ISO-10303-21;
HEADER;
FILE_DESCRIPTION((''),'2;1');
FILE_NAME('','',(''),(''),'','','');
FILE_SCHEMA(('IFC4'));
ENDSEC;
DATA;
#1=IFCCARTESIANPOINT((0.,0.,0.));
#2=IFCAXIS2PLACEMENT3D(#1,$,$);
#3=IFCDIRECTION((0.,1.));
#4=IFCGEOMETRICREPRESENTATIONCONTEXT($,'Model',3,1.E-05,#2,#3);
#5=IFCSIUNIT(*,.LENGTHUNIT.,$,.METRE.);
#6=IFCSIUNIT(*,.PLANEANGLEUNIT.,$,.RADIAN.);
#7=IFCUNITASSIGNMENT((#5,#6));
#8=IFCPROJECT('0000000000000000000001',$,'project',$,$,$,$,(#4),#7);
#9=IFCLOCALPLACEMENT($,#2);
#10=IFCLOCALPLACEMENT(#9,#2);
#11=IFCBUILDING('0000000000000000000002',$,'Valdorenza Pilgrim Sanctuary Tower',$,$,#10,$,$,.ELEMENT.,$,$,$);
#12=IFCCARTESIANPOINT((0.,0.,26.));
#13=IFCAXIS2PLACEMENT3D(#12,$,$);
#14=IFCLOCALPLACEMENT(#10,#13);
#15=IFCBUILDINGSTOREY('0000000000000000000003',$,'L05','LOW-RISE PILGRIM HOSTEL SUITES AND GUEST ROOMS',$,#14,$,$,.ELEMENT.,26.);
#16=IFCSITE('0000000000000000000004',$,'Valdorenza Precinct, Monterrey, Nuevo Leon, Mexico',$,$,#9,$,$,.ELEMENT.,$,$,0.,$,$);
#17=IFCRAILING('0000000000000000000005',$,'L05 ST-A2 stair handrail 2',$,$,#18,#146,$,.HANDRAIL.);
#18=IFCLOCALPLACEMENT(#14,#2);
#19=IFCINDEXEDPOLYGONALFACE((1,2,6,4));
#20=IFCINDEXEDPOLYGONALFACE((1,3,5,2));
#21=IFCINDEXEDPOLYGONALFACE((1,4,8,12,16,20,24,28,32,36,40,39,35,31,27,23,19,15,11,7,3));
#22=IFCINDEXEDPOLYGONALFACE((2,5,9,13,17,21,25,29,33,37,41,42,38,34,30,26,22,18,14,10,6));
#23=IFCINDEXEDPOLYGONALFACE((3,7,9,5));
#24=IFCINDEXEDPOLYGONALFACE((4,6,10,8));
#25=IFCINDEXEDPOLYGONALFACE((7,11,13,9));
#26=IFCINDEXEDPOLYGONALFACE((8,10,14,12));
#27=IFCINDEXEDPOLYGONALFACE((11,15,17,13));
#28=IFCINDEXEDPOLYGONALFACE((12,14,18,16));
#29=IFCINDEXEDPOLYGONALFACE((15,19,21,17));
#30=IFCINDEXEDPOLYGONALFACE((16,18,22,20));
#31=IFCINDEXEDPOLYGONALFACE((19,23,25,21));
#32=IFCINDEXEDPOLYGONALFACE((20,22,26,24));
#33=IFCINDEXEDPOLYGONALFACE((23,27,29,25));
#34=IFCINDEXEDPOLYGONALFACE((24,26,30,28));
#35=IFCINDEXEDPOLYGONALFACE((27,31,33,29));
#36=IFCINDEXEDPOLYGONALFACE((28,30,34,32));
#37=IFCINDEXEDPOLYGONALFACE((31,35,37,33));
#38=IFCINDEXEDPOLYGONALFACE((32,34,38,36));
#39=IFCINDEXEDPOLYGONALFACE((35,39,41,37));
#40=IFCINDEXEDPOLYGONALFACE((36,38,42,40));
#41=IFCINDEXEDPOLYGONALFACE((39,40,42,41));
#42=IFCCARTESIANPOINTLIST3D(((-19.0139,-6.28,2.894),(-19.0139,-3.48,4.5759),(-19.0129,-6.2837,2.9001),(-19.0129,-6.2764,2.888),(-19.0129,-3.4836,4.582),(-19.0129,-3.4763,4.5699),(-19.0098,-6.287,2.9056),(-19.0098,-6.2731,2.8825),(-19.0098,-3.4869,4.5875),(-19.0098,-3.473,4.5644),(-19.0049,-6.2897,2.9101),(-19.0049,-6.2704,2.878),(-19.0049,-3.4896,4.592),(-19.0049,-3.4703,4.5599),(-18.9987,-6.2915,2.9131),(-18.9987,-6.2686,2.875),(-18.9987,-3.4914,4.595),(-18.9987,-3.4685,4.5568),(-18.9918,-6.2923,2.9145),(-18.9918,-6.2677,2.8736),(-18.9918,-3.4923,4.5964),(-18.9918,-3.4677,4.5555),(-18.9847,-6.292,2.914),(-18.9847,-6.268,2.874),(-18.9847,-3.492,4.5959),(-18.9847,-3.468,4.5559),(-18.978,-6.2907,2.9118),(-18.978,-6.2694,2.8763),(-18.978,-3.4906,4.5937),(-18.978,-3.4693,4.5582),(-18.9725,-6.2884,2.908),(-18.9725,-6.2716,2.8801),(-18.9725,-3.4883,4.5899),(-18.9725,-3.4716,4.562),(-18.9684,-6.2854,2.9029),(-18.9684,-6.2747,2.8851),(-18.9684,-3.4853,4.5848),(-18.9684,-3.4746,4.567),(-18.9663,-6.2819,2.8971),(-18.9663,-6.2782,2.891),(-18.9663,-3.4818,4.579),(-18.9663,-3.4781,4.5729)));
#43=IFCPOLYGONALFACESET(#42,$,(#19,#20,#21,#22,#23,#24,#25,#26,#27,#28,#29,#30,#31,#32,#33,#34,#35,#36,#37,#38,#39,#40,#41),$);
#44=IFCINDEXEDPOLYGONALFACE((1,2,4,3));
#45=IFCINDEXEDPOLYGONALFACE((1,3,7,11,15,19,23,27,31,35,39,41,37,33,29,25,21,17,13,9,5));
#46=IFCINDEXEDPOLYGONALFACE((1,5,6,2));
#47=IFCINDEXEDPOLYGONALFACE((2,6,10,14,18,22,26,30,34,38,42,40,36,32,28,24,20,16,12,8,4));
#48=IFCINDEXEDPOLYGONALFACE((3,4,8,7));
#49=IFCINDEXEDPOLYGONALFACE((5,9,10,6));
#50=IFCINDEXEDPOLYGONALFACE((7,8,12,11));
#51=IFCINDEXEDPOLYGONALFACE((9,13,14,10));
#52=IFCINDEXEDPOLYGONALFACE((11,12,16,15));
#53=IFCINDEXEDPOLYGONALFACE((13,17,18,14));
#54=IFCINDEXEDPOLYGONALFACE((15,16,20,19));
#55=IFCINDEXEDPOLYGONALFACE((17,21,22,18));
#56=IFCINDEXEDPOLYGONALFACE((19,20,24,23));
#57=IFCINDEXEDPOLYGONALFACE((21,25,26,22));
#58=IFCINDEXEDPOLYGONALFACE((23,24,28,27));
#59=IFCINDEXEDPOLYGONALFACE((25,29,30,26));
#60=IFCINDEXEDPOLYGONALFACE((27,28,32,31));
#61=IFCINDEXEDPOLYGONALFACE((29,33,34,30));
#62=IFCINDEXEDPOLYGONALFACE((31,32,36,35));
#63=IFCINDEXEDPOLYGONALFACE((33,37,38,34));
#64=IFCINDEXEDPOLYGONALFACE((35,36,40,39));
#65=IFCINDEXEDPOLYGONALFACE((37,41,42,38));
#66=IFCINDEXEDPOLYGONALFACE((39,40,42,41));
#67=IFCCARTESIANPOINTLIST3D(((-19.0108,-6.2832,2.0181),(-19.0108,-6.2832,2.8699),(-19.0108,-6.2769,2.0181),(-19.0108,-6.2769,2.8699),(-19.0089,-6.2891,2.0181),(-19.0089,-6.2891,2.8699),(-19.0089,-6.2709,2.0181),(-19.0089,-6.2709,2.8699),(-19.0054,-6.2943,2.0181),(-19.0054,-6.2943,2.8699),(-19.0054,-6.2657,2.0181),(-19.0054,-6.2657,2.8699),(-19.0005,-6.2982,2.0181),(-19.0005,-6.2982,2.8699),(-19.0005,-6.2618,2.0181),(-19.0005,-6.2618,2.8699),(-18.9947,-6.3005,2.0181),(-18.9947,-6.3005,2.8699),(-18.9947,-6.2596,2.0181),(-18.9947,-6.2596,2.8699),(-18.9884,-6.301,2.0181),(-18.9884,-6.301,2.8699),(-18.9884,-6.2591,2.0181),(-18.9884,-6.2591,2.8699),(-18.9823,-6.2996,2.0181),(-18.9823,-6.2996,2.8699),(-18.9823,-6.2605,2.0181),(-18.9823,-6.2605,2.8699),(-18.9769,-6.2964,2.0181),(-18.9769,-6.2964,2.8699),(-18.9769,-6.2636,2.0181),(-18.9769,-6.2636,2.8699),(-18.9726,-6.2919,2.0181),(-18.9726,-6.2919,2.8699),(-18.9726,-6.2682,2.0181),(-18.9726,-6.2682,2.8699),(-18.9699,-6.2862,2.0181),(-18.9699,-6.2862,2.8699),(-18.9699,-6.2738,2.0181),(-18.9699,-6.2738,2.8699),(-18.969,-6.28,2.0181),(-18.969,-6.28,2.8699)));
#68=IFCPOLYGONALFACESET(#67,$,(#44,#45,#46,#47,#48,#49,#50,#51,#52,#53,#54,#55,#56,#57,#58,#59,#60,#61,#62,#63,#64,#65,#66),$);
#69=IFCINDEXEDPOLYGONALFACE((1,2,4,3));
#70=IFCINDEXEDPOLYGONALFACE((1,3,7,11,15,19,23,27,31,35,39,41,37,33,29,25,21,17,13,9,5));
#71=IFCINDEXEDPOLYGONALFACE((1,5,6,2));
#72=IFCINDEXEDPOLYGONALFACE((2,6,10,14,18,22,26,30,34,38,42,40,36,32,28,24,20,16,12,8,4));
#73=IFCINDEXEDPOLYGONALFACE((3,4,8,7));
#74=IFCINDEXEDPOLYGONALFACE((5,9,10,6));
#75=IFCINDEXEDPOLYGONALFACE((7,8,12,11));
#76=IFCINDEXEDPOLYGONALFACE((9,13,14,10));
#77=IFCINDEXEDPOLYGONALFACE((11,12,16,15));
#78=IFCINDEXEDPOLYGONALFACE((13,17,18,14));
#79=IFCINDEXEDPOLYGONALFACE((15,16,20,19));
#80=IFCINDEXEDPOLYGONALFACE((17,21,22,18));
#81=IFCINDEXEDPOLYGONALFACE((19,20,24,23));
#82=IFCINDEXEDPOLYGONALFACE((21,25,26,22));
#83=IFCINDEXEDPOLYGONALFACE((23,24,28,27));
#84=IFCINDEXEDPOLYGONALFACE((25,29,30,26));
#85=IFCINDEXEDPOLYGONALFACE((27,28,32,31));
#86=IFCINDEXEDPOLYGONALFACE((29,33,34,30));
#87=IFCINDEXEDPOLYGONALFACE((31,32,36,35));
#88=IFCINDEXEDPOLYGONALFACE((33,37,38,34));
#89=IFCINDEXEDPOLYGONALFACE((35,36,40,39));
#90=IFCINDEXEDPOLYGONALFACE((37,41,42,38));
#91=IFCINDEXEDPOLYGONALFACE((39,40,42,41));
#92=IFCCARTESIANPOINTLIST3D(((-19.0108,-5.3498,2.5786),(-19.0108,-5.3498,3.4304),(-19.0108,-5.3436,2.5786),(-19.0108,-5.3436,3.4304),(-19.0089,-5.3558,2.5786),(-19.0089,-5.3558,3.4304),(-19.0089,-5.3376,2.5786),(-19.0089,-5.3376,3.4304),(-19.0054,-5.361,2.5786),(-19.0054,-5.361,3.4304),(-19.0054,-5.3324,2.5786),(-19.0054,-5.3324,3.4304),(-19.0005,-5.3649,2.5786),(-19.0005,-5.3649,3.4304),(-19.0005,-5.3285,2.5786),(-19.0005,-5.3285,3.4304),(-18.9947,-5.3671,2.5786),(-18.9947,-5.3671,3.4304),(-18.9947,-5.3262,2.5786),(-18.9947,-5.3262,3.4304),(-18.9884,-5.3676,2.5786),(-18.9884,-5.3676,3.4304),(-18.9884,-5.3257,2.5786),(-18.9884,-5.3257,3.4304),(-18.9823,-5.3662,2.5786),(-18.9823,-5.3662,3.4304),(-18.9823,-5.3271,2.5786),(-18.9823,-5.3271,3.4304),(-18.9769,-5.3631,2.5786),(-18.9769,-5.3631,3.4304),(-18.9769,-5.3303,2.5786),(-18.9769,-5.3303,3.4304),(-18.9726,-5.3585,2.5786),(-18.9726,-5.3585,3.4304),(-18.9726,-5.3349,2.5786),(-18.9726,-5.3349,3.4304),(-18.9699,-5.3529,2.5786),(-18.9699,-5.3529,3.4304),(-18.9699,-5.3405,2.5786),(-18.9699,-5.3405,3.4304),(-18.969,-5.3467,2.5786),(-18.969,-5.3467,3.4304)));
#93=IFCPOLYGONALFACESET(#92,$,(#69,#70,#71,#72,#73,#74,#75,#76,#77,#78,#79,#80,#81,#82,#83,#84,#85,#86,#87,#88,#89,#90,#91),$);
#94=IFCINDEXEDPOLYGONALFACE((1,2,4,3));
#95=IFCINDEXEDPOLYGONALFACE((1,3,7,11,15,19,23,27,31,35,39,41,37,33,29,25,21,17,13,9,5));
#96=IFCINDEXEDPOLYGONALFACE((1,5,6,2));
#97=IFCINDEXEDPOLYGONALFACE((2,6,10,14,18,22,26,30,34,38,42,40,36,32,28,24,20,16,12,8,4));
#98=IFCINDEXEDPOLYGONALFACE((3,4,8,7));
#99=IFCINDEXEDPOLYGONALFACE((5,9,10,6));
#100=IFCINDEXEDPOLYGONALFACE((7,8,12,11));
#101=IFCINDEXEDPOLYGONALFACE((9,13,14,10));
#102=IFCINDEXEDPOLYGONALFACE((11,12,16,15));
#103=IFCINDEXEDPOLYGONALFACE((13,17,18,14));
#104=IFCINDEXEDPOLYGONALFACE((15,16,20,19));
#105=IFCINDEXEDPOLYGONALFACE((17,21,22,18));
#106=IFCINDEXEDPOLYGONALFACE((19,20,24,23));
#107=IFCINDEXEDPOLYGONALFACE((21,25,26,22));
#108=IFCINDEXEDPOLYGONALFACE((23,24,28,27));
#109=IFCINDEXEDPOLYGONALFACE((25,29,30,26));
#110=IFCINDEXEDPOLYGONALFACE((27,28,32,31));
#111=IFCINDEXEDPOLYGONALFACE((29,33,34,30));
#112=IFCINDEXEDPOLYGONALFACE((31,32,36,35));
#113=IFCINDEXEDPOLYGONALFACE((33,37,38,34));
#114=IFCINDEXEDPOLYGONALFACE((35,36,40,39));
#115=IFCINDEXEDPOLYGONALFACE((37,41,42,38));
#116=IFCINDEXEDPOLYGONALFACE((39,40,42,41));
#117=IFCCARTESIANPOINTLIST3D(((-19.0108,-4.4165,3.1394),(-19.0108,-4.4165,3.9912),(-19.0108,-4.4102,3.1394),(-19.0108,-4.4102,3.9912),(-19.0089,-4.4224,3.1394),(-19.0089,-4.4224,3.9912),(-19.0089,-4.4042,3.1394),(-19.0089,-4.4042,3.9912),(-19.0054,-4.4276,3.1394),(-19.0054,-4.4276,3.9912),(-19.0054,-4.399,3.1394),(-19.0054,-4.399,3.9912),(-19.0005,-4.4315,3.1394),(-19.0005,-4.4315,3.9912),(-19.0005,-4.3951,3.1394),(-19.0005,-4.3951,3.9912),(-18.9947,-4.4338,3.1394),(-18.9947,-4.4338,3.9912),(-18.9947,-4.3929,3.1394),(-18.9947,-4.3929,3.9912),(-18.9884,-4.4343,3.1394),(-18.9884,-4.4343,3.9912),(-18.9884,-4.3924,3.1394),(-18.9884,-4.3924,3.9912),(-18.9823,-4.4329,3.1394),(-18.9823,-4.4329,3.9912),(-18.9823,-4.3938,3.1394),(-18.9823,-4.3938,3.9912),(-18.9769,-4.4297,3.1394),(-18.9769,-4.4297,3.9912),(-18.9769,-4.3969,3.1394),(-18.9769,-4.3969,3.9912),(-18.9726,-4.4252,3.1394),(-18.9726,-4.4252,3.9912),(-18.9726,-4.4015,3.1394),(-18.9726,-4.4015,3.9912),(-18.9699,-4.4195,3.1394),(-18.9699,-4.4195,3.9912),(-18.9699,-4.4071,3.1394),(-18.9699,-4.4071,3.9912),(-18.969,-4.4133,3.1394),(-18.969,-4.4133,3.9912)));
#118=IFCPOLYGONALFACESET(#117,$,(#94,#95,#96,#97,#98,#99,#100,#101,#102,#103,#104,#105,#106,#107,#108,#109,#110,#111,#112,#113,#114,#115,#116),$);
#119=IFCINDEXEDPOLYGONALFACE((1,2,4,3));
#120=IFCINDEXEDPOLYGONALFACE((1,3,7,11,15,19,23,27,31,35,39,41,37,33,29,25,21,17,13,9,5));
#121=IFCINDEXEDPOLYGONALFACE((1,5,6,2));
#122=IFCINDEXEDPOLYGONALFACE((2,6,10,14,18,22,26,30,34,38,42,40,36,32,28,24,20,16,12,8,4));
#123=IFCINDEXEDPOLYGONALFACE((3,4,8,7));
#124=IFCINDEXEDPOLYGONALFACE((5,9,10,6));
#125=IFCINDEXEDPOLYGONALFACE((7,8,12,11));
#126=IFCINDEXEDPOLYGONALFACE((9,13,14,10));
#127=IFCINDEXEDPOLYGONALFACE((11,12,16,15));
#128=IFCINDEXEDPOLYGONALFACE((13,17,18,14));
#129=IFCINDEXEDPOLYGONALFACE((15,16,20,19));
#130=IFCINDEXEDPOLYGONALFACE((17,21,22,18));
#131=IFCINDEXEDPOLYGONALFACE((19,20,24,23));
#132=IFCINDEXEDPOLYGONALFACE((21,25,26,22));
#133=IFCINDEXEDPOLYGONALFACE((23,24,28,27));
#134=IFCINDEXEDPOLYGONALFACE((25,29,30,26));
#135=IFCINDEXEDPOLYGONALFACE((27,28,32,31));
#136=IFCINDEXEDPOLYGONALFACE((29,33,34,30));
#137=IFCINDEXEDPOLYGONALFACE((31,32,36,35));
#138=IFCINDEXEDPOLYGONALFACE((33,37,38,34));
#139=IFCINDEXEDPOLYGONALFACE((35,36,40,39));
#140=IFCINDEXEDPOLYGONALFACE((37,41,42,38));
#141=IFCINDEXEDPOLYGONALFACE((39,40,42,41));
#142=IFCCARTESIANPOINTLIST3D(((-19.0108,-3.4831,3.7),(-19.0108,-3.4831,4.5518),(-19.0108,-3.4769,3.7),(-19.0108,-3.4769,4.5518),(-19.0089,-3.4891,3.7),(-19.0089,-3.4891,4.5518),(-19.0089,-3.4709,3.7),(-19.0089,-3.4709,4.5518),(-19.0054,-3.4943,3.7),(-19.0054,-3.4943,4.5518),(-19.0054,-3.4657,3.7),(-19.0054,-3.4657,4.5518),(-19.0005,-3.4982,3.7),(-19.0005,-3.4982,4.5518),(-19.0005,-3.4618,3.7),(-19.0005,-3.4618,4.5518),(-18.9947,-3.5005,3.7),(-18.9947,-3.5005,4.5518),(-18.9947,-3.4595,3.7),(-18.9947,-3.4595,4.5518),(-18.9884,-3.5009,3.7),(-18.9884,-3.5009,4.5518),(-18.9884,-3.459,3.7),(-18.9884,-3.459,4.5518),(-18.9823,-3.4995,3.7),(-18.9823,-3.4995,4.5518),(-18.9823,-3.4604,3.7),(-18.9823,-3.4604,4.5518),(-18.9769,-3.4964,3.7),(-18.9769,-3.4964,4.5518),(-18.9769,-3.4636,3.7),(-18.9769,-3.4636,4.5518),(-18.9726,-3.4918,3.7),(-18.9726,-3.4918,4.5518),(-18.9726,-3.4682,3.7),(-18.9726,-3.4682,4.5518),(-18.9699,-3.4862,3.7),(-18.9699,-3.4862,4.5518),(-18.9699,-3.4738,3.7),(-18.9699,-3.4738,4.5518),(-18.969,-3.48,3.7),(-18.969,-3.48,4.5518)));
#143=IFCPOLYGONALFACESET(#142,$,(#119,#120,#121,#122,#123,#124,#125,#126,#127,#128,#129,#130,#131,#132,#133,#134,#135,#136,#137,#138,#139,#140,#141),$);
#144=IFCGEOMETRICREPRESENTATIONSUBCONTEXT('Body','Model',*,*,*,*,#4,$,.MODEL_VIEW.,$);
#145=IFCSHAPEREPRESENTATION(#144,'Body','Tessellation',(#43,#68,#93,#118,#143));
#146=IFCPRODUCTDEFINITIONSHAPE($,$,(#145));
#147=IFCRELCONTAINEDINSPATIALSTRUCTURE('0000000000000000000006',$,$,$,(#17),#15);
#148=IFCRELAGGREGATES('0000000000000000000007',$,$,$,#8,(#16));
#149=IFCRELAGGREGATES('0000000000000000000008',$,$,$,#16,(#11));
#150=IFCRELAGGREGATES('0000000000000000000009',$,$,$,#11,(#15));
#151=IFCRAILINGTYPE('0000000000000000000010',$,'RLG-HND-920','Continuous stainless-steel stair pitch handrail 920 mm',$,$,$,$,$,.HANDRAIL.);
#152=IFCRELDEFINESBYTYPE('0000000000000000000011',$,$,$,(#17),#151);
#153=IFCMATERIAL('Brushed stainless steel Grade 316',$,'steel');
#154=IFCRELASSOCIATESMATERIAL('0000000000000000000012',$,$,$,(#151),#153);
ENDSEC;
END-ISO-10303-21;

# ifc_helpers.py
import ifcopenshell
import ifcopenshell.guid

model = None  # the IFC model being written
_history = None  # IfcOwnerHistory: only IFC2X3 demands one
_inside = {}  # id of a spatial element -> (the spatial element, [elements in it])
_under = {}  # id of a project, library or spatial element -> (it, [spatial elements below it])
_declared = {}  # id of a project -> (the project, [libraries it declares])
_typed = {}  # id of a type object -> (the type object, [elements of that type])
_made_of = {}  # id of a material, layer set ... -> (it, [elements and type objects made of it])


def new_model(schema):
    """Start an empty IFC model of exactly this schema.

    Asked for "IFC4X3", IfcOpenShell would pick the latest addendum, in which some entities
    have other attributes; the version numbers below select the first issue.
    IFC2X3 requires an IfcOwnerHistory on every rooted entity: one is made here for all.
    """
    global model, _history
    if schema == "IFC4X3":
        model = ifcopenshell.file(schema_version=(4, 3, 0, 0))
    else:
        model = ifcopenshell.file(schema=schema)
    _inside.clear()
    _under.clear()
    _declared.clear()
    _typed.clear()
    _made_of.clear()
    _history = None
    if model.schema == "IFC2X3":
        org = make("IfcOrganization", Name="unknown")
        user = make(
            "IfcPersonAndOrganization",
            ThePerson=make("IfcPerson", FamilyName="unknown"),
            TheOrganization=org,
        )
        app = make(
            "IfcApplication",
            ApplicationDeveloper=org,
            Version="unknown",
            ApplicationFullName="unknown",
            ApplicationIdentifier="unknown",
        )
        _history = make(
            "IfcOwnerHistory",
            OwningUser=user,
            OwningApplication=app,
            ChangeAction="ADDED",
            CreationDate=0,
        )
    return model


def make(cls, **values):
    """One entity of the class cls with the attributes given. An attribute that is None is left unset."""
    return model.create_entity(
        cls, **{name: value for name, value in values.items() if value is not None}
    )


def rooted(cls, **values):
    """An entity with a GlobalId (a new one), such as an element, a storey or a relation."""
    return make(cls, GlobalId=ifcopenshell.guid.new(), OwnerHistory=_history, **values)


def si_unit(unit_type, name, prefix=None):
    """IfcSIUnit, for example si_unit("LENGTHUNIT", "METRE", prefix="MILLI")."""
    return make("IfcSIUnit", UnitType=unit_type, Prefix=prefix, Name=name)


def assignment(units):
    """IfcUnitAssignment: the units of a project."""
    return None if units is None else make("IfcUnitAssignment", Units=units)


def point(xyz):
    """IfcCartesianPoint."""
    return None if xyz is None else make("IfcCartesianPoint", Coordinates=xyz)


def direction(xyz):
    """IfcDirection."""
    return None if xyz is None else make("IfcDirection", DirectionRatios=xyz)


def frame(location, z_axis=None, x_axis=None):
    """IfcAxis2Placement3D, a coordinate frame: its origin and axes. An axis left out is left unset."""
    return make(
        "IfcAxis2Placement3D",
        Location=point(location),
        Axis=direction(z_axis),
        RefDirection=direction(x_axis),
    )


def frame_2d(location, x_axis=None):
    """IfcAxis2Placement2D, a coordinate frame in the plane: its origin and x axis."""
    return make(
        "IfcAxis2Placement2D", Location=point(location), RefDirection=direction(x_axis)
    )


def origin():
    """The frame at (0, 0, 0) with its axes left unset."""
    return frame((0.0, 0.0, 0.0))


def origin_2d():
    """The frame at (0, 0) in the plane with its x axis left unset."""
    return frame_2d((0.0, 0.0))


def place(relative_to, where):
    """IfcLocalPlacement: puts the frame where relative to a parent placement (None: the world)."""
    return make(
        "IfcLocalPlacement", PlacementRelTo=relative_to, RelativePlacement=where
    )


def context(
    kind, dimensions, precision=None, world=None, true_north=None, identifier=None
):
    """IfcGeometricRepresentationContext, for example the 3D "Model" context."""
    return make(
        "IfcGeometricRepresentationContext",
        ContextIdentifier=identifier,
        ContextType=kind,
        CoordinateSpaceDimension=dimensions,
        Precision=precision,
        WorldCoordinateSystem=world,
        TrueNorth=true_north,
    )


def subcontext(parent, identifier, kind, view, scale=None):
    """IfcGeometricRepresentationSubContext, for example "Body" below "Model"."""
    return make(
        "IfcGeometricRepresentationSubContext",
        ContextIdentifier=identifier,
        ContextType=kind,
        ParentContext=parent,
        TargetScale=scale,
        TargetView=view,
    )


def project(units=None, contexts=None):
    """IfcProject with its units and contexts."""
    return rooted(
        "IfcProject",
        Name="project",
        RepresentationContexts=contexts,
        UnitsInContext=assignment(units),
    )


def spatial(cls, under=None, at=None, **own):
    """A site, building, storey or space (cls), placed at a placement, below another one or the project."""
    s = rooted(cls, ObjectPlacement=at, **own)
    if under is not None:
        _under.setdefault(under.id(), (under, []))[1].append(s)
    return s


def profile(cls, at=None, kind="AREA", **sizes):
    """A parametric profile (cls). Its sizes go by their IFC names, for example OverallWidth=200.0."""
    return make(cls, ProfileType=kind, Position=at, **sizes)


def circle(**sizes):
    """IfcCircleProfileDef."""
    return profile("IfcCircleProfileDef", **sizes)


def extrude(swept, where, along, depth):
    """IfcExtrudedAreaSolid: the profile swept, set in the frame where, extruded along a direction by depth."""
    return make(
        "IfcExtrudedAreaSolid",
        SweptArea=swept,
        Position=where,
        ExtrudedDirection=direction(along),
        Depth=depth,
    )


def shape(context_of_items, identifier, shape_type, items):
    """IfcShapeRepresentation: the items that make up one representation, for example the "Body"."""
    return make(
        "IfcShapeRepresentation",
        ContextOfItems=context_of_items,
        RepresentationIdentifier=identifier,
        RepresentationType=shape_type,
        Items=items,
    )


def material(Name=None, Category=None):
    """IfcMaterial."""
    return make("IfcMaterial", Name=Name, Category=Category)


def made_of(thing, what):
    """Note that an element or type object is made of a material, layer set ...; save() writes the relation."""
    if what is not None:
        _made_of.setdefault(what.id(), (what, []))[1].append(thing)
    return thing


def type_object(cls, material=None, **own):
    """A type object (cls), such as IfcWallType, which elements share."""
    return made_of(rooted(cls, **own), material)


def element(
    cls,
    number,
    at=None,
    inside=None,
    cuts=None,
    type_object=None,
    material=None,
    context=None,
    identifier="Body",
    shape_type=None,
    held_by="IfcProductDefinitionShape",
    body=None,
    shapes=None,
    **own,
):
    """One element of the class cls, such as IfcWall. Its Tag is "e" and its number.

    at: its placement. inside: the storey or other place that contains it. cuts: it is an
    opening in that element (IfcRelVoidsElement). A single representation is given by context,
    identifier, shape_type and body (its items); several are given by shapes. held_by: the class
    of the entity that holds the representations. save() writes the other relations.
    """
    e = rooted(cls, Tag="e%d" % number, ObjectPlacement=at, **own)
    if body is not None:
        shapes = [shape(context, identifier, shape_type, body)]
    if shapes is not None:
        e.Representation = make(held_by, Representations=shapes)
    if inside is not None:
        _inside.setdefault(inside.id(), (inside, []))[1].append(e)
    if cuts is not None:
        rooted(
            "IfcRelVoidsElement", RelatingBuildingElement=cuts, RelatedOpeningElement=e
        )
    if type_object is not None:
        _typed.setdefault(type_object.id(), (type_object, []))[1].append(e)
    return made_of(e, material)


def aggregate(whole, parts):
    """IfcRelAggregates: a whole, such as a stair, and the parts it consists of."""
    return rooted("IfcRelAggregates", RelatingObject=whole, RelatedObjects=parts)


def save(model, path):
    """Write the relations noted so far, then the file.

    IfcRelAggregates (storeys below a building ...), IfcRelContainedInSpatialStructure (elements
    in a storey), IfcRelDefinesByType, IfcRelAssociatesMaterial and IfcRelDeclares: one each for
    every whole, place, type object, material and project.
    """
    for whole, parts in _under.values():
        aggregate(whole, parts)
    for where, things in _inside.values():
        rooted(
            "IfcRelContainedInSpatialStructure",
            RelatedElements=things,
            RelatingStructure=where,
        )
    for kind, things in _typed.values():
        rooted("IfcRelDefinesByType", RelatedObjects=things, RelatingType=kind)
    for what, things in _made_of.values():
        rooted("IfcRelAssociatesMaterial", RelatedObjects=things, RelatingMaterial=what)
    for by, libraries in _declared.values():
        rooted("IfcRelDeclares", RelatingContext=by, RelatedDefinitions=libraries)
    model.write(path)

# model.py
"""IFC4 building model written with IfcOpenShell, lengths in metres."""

from ifc_helpers import new_model, si_unit, direction, frame, origin, origin_2d, place, context, subcontext, project, spatial, circle, extrude, material, type_object, element, save


model = new_model("IFC4")

# Units and contexts
model_context = context("Model", 3, precision=1e-05, world=origin(), true_north=direction((0.0, 1.0)))
body_context = subcontext(model_context, "Body", "Model", "MODEL_VIEW")
ifc_project = project(units=[si_unit("LENGTHUNIT", "METRE"), si_unit("PLANEANGLEUNIT", "RADIAN")], contexts=[model_context])

# Site, building, storey
site_placement = place(None, origin())
site = spatial("IfcSite", under=ifc_project, at=site_placement, Name="Valdorenza Precinct, Monterrey, Nuevo Leon, Mexico", CompositionType="ELEMENT", RefElevation=0.0)
building_placement = place(site_placement, origin())
building = spatial("IfcBuilding", under=site, at=building_placement, Name="Valdorenza Pilgrim Sanctuary Tower", CompositionType="ELEMENT")
storey_placement = place(building_placement, frame((0.0, 0.0, 26.0)))
storey = spatial("IfcBuildingStorey", under=building, at=storey_placement, Name="L05", Description="LOW-RISE PILGRIM HOSTEL SUITES AND GUEST ROOMS", CompositionType="ELEMENT", Elevation=26.0)

# Railing
ifc_material_1 = material(Name="Brushed stainless steel Grade 316", Category="steel")
railing_type_1 = type_object("IfcRailingType", Name="RLG-HND-920", Description="Continuous stainless-steel stair pitch handrail 920 mm", PredefinedType="HANDRAIL", material=ifc_material_1)
railing_1_placement = place(storey_placement, frame((-18.99, -6.28, 2.0181)))
element("IfcRailing", 1, at=railing_1_placement, inside=storey, type_object=railing_type_1, Name="L05 ST-A2 stair handrail 2", PredefinedType="HANDRAIL", context=body_context, shape_type="SweptSolid", body=[
    extrude(circle(Radius=0.0239, at=origin_2d()), frame((0.0, 0.0, 0.876), z_axis=(0.0, 0.857242, 0.514913), x_axis=(-1.0, 0.0, 0.0)), (0.0, 0.0, 1.0), 3.2664),
    extrude(circle(Radius=0.021, at=origin_2d()), origin(), (0.0, 0.0, 1.0), 0.8518),
    extrude(circle(Radius=0.021, at=origin_2d()), frame((0.0, 0.9333, 0.5605)), (0.0, 0.0, 1.0), 0.8518),
    extrude(circle(Radius=0.021, at=origin_2d()), frame((0.0, 1.8667, 1.1213)), (0.0, 0.0, 1.0), 0.8518),
    extrude(circle(Radius=0.021, at=origin_2d()), frame((0.0, 2.8, 1.6819)), (0.0, 0.0, 1.0), 0.8518),
])

save(model, "model.ifc")
